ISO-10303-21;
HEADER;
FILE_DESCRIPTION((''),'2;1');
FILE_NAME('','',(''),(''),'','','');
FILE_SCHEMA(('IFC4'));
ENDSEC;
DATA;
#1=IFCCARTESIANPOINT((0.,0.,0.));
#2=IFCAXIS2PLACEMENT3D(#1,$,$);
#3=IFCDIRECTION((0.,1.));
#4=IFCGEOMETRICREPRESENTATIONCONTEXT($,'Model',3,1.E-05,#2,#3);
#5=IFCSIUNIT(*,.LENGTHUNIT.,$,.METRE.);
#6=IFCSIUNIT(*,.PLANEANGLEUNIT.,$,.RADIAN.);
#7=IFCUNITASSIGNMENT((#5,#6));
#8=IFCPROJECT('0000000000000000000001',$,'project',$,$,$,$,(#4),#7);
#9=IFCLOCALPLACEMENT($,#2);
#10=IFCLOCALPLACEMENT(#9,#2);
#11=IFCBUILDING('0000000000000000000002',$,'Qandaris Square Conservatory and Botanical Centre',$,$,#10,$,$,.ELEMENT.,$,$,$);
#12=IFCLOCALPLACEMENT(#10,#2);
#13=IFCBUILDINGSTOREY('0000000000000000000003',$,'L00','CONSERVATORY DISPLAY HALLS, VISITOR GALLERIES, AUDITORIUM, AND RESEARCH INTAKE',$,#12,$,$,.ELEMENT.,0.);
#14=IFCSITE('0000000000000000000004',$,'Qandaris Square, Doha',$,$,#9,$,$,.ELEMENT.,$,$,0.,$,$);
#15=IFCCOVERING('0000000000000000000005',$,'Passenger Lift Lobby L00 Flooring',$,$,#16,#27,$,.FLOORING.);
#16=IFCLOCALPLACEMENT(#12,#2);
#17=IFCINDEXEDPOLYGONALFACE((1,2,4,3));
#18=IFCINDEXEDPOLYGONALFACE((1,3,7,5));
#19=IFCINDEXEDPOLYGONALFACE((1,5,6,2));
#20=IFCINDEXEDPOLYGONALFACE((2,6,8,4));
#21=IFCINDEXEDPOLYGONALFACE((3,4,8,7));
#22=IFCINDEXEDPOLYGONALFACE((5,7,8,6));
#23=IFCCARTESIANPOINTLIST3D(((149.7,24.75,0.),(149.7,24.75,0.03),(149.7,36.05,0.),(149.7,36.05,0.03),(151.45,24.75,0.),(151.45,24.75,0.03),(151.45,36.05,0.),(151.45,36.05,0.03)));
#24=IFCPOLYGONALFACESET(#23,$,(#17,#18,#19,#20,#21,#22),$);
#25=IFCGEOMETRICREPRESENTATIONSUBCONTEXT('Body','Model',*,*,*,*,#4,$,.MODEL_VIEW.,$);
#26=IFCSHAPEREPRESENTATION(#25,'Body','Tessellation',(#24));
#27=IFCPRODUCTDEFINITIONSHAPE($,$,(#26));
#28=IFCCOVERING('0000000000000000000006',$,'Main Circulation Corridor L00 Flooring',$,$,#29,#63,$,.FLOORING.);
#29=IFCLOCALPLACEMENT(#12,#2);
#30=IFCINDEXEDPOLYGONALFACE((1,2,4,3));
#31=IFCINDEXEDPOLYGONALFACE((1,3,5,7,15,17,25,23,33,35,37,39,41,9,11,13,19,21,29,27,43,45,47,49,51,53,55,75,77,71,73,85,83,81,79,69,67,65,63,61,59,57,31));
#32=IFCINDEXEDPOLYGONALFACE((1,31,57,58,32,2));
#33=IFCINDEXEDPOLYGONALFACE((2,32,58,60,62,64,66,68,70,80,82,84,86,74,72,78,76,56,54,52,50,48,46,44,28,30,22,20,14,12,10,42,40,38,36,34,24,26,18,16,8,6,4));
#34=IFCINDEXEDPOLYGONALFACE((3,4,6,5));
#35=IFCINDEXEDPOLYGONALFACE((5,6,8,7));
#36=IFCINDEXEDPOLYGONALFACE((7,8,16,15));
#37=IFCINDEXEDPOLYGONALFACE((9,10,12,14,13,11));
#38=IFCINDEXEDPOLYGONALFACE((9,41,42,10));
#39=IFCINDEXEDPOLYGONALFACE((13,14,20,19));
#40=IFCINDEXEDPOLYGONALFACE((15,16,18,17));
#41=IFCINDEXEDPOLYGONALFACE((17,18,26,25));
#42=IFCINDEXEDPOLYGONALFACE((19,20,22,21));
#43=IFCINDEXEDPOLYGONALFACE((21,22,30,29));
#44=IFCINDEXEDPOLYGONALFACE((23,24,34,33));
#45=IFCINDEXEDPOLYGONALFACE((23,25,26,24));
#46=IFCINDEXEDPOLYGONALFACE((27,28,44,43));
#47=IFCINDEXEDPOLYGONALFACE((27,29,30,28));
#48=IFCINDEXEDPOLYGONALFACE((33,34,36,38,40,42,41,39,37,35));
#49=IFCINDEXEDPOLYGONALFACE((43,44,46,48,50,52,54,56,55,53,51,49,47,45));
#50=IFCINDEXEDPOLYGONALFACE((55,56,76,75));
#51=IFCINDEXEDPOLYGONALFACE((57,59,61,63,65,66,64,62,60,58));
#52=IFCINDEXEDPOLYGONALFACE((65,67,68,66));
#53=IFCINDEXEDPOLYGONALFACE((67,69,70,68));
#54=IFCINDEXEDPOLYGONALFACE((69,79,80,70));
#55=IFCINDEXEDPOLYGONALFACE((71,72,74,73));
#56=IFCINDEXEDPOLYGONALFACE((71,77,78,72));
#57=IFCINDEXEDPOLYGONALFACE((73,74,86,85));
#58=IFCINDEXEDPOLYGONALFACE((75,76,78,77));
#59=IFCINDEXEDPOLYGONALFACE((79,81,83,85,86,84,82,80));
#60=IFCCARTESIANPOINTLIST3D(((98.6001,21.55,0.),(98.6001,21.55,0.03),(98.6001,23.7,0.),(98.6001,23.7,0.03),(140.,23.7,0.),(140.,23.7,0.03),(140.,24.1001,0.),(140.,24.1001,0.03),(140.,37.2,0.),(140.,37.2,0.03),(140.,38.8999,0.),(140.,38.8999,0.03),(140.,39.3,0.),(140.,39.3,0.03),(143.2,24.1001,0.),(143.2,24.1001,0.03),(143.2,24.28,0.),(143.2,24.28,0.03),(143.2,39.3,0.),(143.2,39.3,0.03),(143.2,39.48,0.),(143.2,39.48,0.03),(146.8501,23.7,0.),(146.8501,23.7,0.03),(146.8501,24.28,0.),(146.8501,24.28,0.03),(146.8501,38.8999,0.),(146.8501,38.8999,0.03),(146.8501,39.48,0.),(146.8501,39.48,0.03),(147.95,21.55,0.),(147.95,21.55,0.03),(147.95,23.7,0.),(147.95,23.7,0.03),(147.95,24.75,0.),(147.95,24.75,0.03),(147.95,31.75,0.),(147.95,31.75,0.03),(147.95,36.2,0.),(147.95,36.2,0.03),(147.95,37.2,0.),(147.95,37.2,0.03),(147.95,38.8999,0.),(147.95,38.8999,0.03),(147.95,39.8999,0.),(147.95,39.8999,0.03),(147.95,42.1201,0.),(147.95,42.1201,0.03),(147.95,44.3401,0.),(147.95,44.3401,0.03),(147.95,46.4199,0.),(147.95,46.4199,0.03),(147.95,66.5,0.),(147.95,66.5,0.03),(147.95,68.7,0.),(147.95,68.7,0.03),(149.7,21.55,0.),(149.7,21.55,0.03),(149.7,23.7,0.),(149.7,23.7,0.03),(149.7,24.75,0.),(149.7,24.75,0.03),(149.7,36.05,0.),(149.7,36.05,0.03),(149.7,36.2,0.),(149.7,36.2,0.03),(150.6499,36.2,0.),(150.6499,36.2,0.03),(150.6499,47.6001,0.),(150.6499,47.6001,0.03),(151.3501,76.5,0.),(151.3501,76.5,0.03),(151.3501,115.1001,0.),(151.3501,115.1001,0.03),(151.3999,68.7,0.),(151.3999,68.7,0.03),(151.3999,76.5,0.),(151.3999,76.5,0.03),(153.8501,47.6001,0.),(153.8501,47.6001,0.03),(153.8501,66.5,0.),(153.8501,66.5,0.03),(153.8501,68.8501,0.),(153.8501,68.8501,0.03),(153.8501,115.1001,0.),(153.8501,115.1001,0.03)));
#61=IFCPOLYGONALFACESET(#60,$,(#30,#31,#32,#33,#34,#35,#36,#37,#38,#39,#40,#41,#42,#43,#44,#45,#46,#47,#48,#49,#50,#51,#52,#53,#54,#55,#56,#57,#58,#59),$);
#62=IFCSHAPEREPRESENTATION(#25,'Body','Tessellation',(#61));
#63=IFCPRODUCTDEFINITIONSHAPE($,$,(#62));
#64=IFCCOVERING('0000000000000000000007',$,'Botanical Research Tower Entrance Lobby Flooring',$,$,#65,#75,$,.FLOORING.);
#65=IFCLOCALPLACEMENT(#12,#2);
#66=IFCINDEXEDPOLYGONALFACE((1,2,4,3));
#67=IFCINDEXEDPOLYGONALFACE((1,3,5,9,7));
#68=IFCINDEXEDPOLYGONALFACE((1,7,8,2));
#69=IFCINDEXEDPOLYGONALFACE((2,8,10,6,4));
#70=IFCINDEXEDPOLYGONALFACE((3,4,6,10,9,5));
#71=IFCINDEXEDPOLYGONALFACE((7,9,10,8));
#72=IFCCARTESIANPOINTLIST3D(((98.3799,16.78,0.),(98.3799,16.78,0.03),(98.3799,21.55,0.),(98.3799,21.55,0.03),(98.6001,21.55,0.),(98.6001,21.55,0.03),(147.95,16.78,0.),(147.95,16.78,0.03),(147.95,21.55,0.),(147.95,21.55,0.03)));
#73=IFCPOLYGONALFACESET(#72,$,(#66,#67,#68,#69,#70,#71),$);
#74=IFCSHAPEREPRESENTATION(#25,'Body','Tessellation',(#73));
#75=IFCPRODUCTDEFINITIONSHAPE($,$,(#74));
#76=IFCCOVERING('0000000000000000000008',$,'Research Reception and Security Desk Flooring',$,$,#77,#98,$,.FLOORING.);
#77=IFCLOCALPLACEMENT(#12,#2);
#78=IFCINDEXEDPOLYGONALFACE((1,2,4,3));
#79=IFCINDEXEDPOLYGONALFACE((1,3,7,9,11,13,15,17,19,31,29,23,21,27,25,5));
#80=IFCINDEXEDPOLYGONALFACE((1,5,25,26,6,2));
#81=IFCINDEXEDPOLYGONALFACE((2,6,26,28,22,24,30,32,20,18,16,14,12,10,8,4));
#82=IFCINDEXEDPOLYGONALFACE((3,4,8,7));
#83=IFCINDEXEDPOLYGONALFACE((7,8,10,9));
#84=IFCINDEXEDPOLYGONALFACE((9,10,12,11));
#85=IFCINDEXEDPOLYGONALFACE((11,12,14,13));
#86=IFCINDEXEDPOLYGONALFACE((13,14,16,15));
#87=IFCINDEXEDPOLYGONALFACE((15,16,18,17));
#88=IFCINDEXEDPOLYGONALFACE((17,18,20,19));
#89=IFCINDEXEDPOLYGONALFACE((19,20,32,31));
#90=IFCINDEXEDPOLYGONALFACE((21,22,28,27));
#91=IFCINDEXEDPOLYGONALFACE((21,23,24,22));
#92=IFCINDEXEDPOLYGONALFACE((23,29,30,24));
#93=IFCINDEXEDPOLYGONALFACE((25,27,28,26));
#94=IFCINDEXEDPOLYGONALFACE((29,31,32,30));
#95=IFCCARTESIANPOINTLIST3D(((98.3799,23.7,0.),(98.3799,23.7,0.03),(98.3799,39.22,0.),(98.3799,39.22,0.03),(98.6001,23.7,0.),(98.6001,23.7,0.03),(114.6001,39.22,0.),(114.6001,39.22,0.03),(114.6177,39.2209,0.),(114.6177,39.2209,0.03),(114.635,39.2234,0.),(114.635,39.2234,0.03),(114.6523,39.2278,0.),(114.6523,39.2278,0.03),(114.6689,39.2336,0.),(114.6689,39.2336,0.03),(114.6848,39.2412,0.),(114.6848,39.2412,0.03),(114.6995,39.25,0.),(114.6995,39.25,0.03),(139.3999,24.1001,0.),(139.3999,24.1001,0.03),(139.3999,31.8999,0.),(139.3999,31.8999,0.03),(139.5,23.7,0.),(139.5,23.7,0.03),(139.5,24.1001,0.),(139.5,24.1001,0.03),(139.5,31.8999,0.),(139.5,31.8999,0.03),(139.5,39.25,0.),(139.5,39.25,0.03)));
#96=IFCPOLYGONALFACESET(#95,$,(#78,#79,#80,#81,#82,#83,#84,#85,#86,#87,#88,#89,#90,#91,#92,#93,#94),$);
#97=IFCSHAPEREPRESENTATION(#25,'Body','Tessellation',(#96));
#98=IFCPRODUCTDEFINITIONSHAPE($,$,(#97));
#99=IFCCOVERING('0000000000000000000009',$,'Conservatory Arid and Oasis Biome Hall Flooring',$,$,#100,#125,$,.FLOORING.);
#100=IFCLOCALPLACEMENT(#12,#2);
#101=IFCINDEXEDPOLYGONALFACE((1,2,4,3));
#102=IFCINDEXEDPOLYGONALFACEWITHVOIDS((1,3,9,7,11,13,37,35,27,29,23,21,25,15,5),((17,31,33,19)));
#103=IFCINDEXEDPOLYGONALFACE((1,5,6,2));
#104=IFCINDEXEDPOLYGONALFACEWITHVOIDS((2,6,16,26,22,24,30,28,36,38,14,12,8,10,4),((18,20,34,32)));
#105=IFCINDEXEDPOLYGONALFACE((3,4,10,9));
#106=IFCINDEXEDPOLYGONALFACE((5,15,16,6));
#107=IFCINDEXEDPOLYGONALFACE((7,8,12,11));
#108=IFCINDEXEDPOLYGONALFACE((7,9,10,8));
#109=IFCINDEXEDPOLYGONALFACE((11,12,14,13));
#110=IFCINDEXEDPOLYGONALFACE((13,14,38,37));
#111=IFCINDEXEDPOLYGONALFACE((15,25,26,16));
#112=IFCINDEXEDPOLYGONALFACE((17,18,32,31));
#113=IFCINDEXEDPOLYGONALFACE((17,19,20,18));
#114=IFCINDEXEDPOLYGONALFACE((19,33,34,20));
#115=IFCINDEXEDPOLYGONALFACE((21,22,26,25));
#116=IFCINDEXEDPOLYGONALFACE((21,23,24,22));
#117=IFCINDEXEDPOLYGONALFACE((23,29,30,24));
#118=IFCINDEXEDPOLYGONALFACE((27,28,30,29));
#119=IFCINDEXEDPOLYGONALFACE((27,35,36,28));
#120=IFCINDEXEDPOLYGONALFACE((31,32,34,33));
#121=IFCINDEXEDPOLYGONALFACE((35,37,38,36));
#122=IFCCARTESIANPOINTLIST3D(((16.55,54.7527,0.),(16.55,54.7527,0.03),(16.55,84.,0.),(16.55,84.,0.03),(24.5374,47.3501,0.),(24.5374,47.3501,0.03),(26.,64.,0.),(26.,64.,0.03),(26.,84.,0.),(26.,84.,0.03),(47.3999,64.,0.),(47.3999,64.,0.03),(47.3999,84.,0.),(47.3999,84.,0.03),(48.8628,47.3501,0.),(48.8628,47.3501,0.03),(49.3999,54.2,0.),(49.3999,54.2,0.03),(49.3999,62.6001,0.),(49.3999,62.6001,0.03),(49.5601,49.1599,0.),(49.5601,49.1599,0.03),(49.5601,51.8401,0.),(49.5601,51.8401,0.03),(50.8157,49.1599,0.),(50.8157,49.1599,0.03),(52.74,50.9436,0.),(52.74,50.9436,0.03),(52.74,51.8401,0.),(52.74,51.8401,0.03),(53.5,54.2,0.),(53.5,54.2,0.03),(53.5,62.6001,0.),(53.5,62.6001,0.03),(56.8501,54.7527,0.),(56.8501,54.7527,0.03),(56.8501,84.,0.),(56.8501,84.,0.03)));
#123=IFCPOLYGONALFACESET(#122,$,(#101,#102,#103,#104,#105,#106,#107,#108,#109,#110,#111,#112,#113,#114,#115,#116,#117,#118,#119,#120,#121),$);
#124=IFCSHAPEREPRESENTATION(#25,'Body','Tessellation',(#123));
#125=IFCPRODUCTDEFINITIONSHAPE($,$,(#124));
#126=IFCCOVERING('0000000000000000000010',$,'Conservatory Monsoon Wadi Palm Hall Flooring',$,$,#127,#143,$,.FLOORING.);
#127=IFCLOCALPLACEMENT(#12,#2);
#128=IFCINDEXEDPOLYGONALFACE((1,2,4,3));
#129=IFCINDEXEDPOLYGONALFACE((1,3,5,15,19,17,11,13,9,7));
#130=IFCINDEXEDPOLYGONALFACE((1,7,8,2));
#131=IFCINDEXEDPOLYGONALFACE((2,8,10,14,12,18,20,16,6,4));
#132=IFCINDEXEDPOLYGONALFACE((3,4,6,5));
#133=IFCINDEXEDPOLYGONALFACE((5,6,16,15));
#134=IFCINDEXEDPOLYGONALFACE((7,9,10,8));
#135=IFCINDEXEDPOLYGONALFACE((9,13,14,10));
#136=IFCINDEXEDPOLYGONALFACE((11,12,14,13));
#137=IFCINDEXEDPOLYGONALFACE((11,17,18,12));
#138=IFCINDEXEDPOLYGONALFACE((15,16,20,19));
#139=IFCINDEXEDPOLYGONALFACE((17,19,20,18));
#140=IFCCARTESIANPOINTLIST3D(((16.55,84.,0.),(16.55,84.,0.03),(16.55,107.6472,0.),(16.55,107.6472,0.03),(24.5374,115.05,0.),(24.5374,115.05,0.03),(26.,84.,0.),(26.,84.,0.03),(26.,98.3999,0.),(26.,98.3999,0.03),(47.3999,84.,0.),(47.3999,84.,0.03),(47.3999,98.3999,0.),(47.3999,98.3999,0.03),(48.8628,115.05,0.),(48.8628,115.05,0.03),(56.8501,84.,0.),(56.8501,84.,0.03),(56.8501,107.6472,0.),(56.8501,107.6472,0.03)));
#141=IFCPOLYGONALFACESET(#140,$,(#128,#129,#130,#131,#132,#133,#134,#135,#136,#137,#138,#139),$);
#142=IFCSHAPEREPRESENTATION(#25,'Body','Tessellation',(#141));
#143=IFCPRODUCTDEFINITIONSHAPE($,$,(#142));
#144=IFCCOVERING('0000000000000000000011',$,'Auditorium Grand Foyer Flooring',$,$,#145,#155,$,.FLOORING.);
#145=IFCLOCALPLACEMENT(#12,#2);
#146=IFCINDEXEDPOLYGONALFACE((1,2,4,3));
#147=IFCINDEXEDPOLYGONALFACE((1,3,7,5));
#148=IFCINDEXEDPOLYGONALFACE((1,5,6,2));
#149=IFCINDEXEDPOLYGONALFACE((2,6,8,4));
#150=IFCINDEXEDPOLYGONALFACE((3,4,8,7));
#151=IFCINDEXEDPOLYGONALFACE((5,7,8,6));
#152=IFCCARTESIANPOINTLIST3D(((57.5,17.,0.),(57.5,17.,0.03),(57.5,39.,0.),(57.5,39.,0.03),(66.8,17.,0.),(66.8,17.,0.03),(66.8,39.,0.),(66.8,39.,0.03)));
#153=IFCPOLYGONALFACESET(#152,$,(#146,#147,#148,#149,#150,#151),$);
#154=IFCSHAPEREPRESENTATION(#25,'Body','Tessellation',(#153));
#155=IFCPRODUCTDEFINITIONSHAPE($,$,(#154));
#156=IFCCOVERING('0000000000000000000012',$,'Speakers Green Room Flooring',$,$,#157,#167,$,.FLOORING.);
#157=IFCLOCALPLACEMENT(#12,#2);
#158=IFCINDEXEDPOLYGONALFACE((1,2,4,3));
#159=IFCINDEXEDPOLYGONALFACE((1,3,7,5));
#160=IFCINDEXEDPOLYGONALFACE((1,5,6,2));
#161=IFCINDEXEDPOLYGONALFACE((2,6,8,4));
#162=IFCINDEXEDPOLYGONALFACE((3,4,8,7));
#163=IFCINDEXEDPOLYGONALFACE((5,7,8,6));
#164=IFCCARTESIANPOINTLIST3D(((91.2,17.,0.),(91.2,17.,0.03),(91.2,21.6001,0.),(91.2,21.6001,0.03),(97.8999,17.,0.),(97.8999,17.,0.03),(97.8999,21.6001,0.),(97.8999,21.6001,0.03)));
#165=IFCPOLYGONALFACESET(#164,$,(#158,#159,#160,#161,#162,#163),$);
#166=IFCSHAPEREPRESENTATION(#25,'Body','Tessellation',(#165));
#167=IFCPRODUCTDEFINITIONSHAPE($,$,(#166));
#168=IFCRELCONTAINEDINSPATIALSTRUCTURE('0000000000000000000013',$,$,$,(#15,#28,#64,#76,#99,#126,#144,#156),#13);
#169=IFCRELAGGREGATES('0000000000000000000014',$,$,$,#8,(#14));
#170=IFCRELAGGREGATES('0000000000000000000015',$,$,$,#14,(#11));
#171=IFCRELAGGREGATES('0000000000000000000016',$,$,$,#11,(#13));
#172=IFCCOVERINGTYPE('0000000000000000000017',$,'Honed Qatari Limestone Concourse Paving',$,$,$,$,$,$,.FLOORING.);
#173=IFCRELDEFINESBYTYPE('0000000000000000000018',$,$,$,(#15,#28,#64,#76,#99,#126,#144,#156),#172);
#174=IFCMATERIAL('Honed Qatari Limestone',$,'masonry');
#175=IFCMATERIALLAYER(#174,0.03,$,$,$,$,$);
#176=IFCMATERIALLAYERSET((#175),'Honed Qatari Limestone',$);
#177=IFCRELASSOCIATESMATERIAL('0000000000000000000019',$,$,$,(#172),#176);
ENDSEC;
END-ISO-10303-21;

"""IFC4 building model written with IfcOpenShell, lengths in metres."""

from ifc_helpers import new_model, si_unit, direction, origin, place, context, subcontext, project, spatial, polyline, outline, extrude, material, layer, layer_set, type_object, element, save


model = new_model("IFC4")

# Units and contexts
model_context = context("Model", 3, precision=1e-05, world=origin(), true_north=direction((0.0, 1.0)))
body_context = subcontext(model_context, "Body", "Model", "MODEL_VIEW")
ifc_project = project(units=[si_unit("LENGTHUNIT", "METRE"), si_unit("PLANEANGLEUNIT", "RADIAN")], contexts=[model_context])

# Site, building, storey
site_placement = place(None, origin())
site = spatial("IfcSite", under=ifc_project, at=site_placement, Name="Qandaris Square, Doha", CompositionType="ELEMENT", RefElevation=0.0)
building_placement = place(site_placement, origin())
building = spatial("IfcBuilding", under=site, at=building_placement, Name="Qandaris Square Conservatory and Botanical Centre", CompositionType="ELEMENT")
storey_placement = place(building_placement, origin())
storey = spatial("IfcBuildingStorey", under=building, at=storey_placement, Name="L00", Description="CONSERVATORY DISPLAY HALLS, VISITOR GALLERIES, AUDITORIUM, AND RESEARCH INTAKE", CompositionType="ELEMENT", Elevation=0.0)

# Coverings
ifc_material_1 = material(Name="Honed Qatari Limestone", Category="masonry")
ifc_layer_1 = layer(ifc_material_1, 0.03)
ifc_layer_set_1 = layer_set([ifc_layer_1], Name="Honed Qatari Limestone")
covering_type_1 = type_object("IfcCoveringType", Name="Honed Qatari Limestone Concourse Paving", PredefinedType="FLOORING", material=ifc_layer_set_1)
covering_1_placement = place(storey_placement, origin())
element("IfcCovering", 1, at=covering_1_placement, inside=storey, type_object=covering_type_1, Name="Passenger Lift Lobby L00 Flooring", PredefinedType="FLOORING", context=body_context, shape_type="SweptSolid", body=[
    extrude(outline(polyline([(149.7, 36.05), (151.45, 36.05), (151.45, 24.75), (149.7, 24.75), (149.7, 36.05)])), origin(), (0.0, 0.0, 1.0), 0.03),
])
covering_2_placement = place(storey_placement, origin())
element("IfcCovering", 2, at=covering_2_placement, inside=storey, type_object=covering_type_1, Name="Main Circulation Corridor L00 Flooring", PredefinedType="FLOORING", context=body_context, shape_type="SweptSolid", body=[
    extrude(outline(polyline([(140.0, 24.1001), (143.2, 24.1001), (143.2, 24.28), (146.8501, 24.28), (146.8501, 23.7), (147.95, 23.7), (147.95, 24.75), (147.95, 31.75), (147.95, 36.2), (147.95, 37.2), (140.0, 37.2), (140.0, 38.8999), (140.0, 39.3), (143.2, 39.3), (143.2, 39.48), (146.8501, 39.48), (146.8501, 38.8999), (147.95, 38.8999), (147.95, 39.8999), (147.95, 42.1201), (147.95, 44.3401), (147.95, 46.4199), (147.95, 66.5), (147.95, 68.7), (151.3999, 68.7), (151.3999, 76.5), (151.3501, 76.5), (151.3501, 115.1001), (153.8501, 115.1001), (153.8501, 68.8501), (153.8501, 66.5), (153.8501, 47.6001), (150.6499, 47.6001), (150.6499, 36.2), (149.7, 36.2), (149.7, 36.05), (149.7, 24.75), (149.7, 23.7), (149.7, 21.55), (147.95, 21.55), (98.6001, 21.55), (98.6001, 23.7), (140.0, 23.7), (140.0, 24.1001)])), origin(), (0.0, 0.0, 1.0), 0.03),
])
covering_3_placement = place(storey_placement, origin())
element("IfcCovering", 3, at=covering_3_placement, inside=storey, type_object=covering_type_1, Name="Botanical Research Tower Entrance Lobby Flooring", PredefinedType="FLOORING", context=body_context, shape_type="SweptSolid", body=[
    extrude(outline(polyline([(98.6001, 21.55), (147.95, 21.55), (147.95, 16.78), (98.3799, 16.78), (98.3799, 21.55), (98.6001, 21.55)])), origin(), (0.0, 0.0, 1.0), 0.03),
])
covering_4_placement = place(storey_placement, origin())
element("IfcCovering", 4, at=covering_4_placement, inside=storey, type_object=covering_type_1, Name="Research Reception and Security Desk Flooring", PredefinedType="FLOORING", context=body_context, shape_type="SweptSolid", body=[
    extrude(outline(polyline([(114.635, 39.2234), (114.6523, 39.2278), (114.6689, 39.2336), (114.6848, 39.2412), (114.6995, 39.25), (139.5, 39.25), (139.5, 31.8999), (139.3999, 31.8999), (139.3999, 24.1001), (139.5, 24.1001), (139.5, 23.7), (98.6001, 23.7), (98.3799, 23.7), (98.3799, 39.22), (114.6001, 39.22), (114.6177, 39.2209), (114.635, 39.2234)])), origin(), (0.0, 0.0, 1.0), 0.03),
])
covering_5_placement = place(storey_placement, origin())
element("IfcCovering", 5, at=covering_5_placement, inside=storey, type_object=covering_type_1, Name="Conservatory Arid and Oasis Biome Hall Flooring", PredefinedType="FLOORING", context=body_context, shape_type="SweptSolid", body=[
    extrude(outline(polyline([(26.0, 64.0), (47.3999, 64.0), (47.3999, 84.0), (56.8501, 84.0), (56.8501, 54.7527), (52.74, 50.9436), (52.74, 51.8401), (49.5601, 51.8401), (49.5601, 49.1599), (50.8157, 49.1599), (48.8628, 47.3501), (24.5374, 47.3501), (16.55, 54.7527), (16.55, 84.0), (26.0, 84.0), (26.0, 64.0)]), holes=[polyline([(49.3999, 54.2), (53.5, 54.2), (53.5, 62.6001), (49.3999, 62.6001), (49.3999, 54.2)])]), origin(), (0.0, 0.0, 1.0), 0.03),
])
covering_6_placement = place(storey_placement, origin())
element("IfcCovering", 6, at=covering_6_placement, inside=storey, type_object=covering_type_1, Name="Conservatory Monsoon Wadi Palm Hall Flooring", PredefinedType="FLOORING", context=body_context, shape_type="SweptSolid", body=[
    extrude(outline(polyline([(48.8628, 115.05), (56.8501, 107.6472), (56.8501, 84.0), (47.3999, 84.0), (47.3999, 98.3999), (26.0, 98.3999), (26.0, 84.0), (16.55, 84.0), (16.55, 107.6472), (24.5374, 115.05), (48.8628, 115.05)])), origin(), (0.0, 0.0, 1.0), 0.03),
])
covering_7_placement = place(storey_placement, origin())
element("IfcCovering", 7, at=covering_7_placement, inside=storey, type_object=covering_type_1, Name="Auditorium Grand Foyer Flooring", PredefinedType="FLOORING", context=body_context, shape_type="SweptSolid", body=[
    extrude(outline(polyline([(57.5, 39.0), (66.8, 39.0), (66.8, 17.0), (57.5, 17.0), (57.5, 39.0)])), origin(), (0.0, 0.0, 1.0), 0.03),
])
covering_8_placement = place(storey_placement, origin())
element("IfcCovering", 8, at=covering_8_placement, inside=storey, type_object=covering_type_1, Name="Speakers Green Room Flooring", PredefinedType="FLOORING", context=body_context, shape_type="SweptSolid", body=[
    extrude(outline(polyline([(91.2, 21.6001), (97.8999, 21.6001), (97.8999, 17.0), (91.2, 17.0), (91.2, 21.6001)])), origin(), (0.0, 0.0, 1.0), 0.03),
])

save(model, "model.ifc")
